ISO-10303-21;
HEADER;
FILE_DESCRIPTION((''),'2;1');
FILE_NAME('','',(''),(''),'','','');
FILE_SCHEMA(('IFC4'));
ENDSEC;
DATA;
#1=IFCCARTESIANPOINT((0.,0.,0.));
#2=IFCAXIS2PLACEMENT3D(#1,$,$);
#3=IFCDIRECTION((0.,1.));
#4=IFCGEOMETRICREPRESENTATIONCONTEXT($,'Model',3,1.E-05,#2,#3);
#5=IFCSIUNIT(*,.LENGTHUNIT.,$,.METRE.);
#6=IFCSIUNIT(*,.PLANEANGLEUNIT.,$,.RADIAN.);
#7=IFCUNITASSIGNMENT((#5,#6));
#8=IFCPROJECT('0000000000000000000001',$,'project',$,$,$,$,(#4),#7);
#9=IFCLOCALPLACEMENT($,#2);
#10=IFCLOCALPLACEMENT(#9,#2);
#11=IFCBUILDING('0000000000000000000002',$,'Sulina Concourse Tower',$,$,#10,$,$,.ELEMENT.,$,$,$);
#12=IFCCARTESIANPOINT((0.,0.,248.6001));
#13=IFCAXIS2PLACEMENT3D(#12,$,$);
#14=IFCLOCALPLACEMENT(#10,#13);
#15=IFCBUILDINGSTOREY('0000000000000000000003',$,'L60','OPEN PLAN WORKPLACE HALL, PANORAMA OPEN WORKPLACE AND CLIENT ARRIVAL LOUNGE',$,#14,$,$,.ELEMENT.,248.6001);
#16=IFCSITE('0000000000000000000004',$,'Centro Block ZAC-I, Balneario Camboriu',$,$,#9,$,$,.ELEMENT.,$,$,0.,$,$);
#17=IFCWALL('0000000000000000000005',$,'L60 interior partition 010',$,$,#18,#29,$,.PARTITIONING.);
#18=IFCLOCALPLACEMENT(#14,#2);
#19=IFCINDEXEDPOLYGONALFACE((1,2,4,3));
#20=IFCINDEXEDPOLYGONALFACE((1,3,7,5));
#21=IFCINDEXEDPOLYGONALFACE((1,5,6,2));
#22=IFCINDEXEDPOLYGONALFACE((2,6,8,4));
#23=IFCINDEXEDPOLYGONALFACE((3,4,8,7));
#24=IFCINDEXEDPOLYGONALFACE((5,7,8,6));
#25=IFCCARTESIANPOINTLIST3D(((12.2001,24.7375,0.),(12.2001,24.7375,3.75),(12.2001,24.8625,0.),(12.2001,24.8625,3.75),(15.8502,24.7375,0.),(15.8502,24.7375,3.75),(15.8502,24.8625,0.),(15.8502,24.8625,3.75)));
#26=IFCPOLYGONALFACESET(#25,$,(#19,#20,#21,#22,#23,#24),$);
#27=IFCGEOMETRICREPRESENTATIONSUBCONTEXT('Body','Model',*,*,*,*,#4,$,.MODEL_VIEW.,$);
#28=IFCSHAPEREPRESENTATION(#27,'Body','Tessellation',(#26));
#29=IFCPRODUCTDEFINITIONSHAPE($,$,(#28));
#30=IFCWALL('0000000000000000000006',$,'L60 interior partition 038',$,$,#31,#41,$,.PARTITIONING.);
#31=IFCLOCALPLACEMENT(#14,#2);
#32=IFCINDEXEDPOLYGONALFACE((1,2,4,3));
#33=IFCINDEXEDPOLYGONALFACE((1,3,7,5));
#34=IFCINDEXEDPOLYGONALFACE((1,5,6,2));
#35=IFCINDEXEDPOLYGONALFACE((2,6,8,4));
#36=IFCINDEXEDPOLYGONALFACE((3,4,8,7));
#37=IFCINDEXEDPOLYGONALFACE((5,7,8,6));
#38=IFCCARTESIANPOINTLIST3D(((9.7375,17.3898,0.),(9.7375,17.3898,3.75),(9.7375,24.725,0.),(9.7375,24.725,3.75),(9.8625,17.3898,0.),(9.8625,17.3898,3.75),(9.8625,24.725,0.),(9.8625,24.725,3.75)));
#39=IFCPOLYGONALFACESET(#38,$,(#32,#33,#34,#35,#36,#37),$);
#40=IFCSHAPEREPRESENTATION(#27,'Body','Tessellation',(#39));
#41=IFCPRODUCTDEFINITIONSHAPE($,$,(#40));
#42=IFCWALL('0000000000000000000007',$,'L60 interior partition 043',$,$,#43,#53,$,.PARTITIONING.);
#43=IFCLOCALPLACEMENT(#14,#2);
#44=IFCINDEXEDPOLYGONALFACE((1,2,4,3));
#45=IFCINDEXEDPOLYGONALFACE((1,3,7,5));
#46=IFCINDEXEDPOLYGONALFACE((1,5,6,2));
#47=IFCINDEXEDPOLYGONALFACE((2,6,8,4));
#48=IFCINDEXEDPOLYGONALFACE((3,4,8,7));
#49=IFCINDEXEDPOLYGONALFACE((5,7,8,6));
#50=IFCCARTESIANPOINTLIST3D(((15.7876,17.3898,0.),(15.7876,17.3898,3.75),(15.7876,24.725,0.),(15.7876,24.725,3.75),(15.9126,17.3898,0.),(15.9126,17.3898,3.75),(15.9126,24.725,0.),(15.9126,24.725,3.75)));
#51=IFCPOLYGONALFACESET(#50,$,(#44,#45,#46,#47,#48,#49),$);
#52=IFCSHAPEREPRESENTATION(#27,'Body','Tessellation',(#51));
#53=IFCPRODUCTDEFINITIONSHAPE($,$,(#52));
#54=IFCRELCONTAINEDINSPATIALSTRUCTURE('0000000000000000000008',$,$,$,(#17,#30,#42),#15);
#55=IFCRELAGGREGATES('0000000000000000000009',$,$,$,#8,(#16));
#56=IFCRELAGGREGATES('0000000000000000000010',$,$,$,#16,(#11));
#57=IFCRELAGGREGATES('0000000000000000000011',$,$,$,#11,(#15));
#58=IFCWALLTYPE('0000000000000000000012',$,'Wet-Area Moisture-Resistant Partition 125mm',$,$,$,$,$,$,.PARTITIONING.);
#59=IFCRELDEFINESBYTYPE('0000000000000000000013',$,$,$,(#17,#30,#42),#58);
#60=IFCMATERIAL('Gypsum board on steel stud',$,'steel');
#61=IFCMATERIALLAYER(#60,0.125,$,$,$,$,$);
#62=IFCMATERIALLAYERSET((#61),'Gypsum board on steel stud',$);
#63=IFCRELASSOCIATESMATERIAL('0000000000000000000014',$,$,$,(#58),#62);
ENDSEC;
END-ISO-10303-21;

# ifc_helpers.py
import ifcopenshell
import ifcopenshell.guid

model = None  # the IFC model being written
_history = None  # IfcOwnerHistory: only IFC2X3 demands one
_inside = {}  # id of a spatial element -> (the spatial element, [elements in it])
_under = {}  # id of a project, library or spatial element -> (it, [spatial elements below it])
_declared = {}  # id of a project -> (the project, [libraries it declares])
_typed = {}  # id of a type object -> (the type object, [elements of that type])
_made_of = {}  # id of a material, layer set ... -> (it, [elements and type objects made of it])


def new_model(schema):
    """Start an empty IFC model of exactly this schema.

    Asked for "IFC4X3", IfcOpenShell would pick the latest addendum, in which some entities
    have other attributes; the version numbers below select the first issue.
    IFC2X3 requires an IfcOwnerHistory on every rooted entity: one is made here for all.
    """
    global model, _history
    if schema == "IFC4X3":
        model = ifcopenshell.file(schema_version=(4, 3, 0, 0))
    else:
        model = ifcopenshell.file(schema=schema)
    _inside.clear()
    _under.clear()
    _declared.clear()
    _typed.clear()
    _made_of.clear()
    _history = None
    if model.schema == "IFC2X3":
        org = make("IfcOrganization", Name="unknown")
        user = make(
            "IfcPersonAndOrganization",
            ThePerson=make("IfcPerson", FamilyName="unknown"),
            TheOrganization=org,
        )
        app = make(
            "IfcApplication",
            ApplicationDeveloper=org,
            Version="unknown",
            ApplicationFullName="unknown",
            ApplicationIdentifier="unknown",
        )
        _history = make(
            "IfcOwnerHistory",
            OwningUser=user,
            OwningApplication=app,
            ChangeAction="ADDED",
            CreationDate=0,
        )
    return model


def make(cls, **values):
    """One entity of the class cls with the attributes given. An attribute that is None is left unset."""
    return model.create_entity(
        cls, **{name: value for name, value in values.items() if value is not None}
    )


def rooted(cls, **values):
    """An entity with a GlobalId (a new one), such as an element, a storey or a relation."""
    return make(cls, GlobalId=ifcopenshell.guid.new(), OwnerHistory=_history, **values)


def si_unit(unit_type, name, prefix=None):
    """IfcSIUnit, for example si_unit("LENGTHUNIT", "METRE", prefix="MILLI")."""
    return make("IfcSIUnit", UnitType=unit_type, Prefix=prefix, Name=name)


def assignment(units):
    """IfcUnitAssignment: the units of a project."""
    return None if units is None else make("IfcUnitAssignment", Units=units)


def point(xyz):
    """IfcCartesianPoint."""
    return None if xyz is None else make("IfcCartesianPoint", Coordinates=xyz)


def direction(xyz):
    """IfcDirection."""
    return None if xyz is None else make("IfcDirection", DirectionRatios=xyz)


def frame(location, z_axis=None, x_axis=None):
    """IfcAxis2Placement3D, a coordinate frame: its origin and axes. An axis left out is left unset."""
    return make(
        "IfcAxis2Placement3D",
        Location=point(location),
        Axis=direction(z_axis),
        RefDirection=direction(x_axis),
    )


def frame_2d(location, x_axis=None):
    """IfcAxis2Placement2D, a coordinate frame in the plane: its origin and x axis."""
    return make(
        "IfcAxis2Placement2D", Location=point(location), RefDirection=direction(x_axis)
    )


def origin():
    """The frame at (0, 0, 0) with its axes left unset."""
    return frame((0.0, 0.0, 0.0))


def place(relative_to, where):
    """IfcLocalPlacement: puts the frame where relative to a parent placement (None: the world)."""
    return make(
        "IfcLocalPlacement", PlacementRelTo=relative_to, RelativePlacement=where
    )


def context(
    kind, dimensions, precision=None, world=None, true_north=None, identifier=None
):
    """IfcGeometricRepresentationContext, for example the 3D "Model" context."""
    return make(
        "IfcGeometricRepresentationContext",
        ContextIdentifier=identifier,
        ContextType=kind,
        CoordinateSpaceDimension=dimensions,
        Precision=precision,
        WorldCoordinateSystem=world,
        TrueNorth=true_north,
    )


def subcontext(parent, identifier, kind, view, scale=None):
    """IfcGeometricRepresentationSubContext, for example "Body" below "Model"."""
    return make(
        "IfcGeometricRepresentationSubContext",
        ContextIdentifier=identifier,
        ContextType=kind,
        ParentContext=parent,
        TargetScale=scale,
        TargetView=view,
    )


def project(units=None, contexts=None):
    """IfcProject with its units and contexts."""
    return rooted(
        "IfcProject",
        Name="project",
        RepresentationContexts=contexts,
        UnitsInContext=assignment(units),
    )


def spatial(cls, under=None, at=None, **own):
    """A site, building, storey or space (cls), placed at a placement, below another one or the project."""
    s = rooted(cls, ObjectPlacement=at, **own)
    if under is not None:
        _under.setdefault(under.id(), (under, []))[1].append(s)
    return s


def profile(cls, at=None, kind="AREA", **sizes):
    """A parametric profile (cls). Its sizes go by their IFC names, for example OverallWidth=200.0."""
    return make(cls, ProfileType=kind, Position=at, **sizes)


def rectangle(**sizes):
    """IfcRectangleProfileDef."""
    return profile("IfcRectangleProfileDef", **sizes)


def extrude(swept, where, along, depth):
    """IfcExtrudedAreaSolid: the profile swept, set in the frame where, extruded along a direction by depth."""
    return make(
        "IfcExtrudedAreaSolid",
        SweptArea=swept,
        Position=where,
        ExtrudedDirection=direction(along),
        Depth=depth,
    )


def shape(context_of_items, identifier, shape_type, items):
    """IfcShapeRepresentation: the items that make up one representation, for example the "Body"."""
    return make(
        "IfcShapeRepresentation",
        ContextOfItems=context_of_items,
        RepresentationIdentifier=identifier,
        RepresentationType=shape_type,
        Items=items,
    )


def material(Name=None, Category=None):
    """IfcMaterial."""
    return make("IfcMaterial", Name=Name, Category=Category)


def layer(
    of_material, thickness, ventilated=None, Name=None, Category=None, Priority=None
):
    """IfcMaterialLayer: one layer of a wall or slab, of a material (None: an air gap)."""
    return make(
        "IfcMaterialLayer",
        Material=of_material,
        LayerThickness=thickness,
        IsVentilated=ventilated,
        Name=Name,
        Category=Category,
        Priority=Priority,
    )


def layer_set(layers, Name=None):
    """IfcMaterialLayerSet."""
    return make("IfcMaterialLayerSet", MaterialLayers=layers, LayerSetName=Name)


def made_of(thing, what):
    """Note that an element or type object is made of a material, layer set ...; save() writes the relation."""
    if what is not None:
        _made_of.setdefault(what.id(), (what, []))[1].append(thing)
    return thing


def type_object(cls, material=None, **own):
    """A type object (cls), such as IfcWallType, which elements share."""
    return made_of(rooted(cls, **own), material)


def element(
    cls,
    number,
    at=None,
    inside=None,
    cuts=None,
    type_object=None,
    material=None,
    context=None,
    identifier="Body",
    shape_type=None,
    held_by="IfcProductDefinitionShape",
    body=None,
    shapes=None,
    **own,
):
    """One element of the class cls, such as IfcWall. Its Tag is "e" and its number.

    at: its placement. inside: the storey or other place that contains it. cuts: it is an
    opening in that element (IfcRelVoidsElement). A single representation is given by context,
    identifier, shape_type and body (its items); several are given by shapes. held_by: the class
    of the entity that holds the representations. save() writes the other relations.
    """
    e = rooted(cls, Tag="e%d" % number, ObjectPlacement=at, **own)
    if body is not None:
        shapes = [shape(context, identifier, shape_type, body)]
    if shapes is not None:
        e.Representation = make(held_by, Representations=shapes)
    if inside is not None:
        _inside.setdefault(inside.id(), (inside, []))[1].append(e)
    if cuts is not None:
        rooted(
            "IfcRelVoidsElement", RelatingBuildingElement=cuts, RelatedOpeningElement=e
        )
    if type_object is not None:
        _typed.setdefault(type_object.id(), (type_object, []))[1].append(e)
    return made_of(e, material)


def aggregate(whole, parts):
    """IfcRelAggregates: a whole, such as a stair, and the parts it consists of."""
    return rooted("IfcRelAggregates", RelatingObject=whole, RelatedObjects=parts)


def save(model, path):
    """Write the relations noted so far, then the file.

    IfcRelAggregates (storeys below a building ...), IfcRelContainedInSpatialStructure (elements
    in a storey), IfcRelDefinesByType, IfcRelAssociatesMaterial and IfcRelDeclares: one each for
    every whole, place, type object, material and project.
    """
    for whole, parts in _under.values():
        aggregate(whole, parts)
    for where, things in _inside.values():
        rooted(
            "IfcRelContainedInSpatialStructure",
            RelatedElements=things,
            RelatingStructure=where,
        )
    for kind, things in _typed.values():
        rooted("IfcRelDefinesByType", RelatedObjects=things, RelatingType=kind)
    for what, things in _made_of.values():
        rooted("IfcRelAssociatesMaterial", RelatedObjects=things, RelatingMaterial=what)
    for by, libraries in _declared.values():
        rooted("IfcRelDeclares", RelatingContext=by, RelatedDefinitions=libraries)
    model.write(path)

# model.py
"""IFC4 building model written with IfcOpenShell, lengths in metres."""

from ifc_helpers import new_model, si_unit, direction, frame, frame_2d, origin, place, context, subcontext, project, spatial, rectangle, extrude, material, layer, layer_set, type_object, element, save


model = new_model("IFC4")

# Units and contexts
model_context = context("Model", 3, precision=1e-05, world=origin(), true_north=direction((0.0, 1.0)))
body_context = subcontext(model_context, "Body", "Model", "MODEL_VIEW")
ifc_project = project(units=[si_unit("LENGTHUNIT", "METRE"), si_unit("PLANEANGLEUNIT", "RADIAN")], contexts=[model_context])

# Site, building, storey
site_placement = place(None, origin())
site = spatial("IfcSite", under=ifc_project, at=site_placement, Name="Centro Block ZAC-I, Balneario Camboriu", CompositionType="ELEMENT", RefElevation=0.0)
building_placement = place(site_placement, origin())
building = spatial("IfcBuilding", under=site, at=building_placement, Name="Sulina Concourse Tower", CompositionType="ELEMENT")
storey_placement = place(building_placement, frame((0.0, 0.0, 248.6001)))
storey = spatial("IfcBuildingStorey", under=building, at=storey_placement, Name="L60", Description="OPEN PLAN WORKPLACE HALL, PANORAMA OPEN WORKPLACE AND CLIENT ARRIVAL LOUNGE", CompositionType="ELEMENT", Elevation=248.6001)

# Shared definitions
ifc_material_1 = material(Name="Gypsum board on steel stud", Category="steel")
ifc_layer_1 = layer(ifc_material_1, 0.125)
ifc_layer_set_1 = layer_set([ifc_layer_1], Name="Gypsum board on steel stud")
wall_type_1 = type_object("IfcWallType", Name="Wet-Area Moisture-Resistant Partition 125mm", PredefinedType="PARTITIONING", material=ifc_layer_set_1)

# Walls
wall_1_placement = place(storey_placement, frame((12.2, 24.8, 0.0), z_axis=(0.0, 0.0, 1.0), x_axis=(1.0, 0.0, 0.0)))
element("IfcWall", 1, at=wall_1_placement, inside=storey, type_object=wall_type_1, Name="L60 interior partition 010", PredefinedType="PARTITIONING", context=body_context, shape_type="SweptSolid", body=[
    extrude(rectangle(XDim=3.6501, YDim=0.125, at=frame_2d((1.8252, 0.0))), origin(), (0.0, 0.0, 1.0), 3.75),
])
for number, where, z_axis, x_axis, name in (
    (2, (9.8, 17.3899, 0.0), (0.0, 0.0, 1.0), (0.0, 1.0, 0.0), "L60 interior partition 038"),
    (3, (15.8501, 17.3899, 0.0), (0.0, 0.0, 1.0), (0.0, 1.0, 0.0), "L60 interior partition 043"),
):
    element("IfcWall", number, at=place(storey_placement, frame(where, z_axis=z_axis, x_axis=x_axis)), inside=storey, type_object=wall_type_1, Name=name, PredefinedType="PARTITIONING", context=body_context, shape_type="SweptSolid", body=[
        extrude(rectangle(XDim=7.3352, YDim=0.125, at=frame_2d((3.6675, 0.0))), origin(), (0.0, 0.0, 1.0), 3.75),
    ])

save(model, "model.ifc")
